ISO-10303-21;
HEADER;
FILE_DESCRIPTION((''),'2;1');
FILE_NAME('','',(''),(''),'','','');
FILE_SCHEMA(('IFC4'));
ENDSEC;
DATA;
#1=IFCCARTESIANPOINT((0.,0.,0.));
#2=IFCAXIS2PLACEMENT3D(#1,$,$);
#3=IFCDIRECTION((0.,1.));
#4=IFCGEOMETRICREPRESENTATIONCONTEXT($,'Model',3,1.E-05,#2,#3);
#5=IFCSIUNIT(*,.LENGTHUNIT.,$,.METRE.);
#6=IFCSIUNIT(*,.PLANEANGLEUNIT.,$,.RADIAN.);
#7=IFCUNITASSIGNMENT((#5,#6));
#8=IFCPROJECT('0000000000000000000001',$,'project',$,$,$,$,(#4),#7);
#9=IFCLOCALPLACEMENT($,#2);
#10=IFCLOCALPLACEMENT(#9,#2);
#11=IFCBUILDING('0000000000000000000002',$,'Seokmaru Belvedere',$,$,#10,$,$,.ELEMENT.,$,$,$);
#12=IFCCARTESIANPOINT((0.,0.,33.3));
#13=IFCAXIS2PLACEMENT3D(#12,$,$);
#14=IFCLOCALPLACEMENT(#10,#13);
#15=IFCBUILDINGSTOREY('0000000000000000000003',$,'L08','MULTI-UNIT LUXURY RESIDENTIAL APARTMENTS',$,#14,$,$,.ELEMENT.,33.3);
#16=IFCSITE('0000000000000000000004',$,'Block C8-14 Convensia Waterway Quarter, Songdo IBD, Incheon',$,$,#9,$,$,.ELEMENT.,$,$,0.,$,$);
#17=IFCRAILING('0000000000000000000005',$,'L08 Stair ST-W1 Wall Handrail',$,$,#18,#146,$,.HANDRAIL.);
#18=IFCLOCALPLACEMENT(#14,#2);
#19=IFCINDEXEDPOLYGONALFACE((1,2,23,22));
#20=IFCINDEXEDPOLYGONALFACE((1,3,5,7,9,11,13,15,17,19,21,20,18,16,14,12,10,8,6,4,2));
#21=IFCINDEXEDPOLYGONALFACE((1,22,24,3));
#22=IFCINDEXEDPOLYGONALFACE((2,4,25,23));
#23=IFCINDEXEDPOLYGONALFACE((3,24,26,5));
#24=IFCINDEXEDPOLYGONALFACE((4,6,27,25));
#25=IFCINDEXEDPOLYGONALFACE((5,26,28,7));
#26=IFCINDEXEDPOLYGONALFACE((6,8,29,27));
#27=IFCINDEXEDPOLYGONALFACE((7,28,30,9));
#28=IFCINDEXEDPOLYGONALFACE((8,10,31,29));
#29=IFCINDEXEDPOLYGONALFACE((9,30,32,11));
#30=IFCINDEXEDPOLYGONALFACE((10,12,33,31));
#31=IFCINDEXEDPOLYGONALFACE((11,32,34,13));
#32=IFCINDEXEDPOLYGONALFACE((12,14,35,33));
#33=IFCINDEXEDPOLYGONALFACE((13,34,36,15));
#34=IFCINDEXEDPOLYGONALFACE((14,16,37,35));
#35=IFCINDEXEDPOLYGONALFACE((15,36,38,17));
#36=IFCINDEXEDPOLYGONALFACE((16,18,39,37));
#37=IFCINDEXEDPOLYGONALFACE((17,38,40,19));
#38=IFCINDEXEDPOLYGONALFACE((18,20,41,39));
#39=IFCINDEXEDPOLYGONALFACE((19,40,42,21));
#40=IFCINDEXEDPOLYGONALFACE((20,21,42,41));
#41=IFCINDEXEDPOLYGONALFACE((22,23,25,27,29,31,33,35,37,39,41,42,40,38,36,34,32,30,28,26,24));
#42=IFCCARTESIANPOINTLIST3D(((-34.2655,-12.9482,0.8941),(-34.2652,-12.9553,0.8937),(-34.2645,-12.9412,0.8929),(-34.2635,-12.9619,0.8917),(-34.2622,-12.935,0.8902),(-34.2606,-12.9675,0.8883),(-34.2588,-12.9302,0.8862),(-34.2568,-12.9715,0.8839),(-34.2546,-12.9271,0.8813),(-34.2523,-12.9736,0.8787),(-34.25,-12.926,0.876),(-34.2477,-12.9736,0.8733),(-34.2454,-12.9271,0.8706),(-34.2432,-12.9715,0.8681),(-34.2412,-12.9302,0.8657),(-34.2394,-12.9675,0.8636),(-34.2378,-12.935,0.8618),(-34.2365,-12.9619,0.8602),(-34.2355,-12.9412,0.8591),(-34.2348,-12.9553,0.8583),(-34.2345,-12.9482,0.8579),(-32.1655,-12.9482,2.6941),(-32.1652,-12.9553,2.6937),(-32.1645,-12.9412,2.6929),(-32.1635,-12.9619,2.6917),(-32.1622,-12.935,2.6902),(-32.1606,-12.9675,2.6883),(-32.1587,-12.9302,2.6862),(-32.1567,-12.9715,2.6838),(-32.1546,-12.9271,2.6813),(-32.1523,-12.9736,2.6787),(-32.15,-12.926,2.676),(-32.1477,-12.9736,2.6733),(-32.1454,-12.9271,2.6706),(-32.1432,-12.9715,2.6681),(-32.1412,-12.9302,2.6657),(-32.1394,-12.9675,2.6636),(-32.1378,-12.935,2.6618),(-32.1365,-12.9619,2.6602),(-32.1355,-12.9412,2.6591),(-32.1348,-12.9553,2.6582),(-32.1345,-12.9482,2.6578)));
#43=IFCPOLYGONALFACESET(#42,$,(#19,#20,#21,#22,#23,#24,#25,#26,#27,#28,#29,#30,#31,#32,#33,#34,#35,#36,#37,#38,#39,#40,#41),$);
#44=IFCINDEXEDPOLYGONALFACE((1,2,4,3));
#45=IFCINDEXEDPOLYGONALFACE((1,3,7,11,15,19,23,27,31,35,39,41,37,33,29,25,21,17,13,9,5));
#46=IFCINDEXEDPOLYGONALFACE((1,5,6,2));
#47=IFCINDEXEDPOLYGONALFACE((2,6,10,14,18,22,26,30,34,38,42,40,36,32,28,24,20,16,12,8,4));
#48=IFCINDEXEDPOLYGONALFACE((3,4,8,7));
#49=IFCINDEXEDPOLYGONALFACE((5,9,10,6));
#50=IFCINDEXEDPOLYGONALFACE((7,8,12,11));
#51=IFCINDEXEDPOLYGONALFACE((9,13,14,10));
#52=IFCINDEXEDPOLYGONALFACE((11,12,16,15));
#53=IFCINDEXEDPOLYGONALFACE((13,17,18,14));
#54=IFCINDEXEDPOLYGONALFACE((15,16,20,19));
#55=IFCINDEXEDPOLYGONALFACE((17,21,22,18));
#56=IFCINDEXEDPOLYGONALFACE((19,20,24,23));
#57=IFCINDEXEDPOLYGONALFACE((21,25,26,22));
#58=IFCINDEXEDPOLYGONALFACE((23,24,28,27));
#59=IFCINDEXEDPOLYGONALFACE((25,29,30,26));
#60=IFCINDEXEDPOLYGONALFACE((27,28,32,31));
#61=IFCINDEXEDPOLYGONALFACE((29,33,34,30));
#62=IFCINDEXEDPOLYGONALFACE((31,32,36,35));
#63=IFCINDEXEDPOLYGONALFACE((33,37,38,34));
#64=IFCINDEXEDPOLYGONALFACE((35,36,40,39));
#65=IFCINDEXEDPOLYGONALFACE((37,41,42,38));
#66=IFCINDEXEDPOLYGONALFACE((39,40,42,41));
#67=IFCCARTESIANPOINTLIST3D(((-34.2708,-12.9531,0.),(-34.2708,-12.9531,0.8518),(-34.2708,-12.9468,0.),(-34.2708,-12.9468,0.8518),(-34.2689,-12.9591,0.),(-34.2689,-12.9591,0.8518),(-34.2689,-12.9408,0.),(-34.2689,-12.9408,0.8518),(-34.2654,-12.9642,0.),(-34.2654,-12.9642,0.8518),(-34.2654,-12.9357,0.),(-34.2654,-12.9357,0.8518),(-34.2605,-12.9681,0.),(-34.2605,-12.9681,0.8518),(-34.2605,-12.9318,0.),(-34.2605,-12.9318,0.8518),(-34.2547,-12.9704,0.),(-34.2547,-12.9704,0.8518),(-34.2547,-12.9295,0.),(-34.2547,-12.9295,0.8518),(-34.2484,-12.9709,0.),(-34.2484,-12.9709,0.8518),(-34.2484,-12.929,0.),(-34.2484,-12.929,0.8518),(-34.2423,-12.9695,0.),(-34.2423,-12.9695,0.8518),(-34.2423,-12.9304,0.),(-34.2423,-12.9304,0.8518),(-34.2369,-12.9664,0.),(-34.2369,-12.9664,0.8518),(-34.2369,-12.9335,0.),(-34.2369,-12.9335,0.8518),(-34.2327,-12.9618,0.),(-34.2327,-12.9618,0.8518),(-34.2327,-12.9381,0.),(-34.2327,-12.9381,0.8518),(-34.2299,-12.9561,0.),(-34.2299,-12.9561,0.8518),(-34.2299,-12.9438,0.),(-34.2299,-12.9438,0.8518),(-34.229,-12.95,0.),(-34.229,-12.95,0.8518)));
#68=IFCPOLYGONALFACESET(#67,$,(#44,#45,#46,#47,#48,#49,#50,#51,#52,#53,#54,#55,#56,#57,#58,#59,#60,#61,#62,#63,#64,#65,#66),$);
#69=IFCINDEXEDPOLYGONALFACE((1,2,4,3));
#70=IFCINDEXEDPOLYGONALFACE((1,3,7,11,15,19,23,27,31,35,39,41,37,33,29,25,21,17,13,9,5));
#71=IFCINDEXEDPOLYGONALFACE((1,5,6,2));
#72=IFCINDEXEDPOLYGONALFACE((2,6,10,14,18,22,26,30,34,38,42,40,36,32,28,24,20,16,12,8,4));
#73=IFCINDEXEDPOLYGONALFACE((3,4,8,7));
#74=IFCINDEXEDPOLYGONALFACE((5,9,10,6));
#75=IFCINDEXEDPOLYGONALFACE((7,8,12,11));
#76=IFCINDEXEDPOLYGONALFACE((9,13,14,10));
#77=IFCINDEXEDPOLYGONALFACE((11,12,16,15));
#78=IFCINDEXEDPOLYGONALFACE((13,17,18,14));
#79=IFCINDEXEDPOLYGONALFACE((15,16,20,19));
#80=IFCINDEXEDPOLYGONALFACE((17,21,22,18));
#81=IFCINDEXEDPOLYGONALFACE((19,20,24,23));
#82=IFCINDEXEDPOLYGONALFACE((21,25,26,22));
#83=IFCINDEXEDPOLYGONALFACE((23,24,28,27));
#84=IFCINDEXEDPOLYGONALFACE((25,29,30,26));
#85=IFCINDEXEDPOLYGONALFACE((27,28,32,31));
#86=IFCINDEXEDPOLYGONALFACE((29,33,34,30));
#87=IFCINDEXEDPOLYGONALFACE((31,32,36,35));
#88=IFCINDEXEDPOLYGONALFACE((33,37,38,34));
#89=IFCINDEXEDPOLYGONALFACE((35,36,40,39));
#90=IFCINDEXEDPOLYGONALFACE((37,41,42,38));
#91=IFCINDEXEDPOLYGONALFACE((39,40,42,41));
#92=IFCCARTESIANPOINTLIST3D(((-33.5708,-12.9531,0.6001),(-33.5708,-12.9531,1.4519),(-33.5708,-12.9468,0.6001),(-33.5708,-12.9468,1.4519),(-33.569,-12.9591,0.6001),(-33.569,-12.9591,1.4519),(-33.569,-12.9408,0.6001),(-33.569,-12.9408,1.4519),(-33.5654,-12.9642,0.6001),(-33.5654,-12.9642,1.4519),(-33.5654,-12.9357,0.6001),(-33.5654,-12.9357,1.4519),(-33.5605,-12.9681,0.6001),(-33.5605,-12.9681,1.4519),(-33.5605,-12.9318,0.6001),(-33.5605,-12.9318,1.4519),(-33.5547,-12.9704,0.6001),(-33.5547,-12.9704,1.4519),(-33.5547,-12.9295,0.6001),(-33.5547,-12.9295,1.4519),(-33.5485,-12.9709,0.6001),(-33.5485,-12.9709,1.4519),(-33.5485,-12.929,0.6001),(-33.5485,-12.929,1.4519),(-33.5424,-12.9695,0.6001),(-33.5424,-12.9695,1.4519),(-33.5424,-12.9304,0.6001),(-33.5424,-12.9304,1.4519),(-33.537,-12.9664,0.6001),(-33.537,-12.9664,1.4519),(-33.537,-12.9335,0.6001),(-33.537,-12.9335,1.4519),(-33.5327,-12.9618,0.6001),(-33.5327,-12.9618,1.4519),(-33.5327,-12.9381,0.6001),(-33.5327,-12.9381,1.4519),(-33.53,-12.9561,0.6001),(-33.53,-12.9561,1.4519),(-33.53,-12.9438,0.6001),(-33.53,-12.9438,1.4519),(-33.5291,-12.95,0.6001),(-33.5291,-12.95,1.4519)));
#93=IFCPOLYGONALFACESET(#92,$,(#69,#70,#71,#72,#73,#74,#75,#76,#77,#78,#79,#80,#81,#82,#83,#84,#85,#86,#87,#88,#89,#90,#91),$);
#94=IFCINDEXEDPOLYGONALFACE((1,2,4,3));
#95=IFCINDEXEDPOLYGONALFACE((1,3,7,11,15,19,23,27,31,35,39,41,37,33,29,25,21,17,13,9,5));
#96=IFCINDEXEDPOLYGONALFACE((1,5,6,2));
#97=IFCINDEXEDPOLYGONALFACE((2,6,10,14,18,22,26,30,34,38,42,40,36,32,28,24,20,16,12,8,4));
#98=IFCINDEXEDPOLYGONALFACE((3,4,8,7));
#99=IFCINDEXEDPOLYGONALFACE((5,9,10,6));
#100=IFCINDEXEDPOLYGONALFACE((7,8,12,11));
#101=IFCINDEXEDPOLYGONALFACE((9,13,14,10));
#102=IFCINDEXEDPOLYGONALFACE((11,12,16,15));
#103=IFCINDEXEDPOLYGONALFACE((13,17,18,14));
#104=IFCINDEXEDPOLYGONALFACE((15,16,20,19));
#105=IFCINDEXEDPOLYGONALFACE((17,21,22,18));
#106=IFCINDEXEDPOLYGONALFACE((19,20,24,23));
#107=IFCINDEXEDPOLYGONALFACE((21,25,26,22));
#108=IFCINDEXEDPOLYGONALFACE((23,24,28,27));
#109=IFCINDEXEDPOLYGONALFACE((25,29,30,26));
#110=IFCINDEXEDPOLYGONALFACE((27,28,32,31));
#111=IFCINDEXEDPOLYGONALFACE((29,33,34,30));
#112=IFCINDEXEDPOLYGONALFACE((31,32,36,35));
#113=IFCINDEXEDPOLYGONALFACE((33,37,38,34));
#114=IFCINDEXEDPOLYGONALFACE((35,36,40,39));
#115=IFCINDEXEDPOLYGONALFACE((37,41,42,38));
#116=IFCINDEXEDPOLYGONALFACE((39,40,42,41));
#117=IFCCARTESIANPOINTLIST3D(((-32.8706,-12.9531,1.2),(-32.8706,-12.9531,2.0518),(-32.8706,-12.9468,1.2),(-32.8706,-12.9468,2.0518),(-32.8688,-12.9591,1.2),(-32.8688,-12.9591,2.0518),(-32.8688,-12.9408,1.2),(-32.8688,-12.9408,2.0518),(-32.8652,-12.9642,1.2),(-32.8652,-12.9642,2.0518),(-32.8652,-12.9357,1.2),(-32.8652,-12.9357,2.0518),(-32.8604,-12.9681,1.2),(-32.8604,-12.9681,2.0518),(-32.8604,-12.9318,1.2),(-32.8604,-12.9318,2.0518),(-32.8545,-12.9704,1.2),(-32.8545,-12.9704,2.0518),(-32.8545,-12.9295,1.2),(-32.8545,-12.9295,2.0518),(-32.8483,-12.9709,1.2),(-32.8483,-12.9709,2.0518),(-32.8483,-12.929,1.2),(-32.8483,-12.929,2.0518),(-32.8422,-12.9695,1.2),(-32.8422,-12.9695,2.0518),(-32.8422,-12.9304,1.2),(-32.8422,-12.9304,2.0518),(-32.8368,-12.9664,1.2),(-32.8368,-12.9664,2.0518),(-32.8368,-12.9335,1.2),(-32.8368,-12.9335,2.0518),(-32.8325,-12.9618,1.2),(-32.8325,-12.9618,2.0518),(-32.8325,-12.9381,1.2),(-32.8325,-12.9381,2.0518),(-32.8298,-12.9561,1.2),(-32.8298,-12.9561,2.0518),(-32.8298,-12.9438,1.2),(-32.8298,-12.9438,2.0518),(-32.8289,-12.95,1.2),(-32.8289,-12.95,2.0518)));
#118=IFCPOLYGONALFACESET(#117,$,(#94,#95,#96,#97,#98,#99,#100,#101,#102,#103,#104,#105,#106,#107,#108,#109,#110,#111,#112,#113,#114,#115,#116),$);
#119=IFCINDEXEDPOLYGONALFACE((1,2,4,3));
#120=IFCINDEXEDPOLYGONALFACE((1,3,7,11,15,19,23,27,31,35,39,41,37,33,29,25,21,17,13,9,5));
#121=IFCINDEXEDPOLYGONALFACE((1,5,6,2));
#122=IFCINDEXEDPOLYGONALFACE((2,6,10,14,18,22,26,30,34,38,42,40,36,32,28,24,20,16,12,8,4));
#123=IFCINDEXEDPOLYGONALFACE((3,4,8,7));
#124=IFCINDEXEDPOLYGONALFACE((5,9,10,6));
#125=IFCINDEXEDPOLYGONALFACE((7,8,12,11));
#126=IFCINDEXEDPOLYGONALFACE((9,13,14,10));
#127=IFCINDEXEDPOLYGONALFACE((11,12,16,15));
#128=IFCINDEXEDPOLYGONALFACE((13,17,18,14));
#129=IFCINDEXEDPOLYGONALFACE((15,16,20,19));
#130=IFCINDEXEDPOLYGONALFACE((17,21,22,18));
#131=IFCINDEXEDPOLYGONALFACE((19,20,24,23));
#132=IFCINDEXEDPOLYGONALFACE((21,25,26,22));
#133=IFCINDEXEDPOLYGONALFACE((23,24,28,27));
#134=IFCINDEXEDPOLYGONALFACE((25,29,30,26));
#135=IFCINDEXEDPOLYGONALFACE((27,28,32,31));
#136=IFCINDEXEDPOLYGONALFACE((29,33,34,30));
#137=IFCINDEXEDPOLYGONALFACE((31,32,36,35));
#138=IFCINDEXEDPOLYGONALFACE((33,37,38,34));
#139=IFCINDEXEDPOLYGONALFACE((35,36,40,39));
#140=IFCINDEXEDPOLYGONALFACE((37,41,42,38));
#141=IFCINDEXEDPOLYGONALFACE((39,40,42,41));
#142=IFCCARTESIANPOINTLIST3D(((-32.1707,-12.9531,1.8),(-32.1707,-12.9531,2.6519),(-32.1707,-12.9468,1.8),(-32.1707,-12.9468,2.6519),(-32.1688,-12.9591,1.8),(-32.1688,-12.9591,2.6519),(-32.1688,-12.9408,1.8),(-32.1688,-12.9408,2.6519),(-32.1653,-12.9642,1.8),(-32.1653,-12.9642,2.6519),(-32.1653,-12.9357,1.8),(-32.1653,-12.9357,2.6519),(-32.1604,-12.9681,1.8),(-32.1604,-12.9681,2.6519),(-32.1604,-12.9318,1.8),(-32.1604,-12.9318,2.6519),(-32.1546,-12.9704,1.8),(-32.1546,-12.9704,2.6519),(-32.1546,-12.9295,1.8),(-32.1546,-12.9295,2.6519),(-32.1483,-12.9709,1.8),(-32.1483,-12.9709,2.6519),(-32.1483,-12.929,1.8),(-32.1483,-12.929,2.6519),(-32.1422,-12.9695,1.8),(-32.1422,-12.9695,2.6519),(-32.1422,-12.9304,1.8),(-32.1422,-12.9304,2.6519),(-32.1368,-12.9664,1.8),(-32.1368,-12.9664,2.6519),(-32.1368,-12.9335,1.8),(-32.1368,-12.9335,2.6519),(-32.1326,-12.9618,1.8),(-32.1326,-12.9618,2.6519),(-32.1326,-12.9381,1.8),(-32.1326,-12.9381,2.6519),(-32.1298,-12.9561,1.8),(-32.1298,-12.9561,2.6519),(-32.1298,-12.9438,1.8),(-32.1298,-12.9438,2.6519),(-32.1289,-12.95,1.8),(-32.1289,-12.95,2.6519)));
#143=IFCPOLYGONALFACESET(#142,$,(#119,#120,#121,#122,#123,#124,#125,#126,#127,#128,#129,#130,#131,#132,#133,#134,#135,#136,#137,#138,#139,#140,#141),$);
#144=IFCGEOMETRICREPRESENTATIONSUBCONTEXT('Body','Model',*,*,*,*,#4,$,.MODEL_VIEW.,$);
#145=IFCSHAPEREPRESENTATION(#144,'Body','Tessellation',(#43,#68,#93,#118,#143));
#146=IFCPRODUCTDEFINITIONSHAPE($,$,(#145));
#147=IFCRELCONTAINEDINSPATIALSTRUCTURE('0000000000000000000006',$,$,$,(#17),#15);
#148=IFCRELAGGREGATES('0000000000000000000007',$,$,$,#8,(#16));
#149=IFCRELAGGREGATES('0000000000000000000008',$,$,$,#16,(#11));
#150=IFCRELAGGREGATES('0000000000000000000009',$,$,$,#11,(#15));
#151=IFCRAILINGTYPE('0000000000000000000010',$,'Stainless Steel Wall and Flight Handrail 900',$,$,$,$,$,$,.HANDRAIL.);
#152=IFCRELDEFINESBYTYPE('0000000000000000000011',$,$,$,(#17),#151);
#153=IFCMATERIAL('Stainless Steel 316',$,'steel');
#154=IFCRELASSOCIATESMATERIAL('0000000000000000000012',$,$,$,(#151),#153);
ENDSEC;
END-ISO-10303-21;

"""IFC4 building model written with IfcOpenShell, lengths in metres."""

from ifc_helpers import new_model, si_unit, direction, frame, origin, origin_2d, place, context, subcontext, project, spatial, circle, extrude, material, type_object, element, save


model = new_model("IFC4")

# Units and contexts
model_context = context("Model", 3, precision=1e-05, world=origin(), true_north=direction((0.0, 1.0)))
body_context = subcontext(model_context, "Body", "Model", "MODEL_VIEW")
ifc_project = project(units=[si_unit("LENGTHUNIT", "METRE"), si_unit("PLANEANGLEUNIT", "RADIAN")], contexts=[model_context])

# Site, building, storey
site_placement = place(None, origin())
site = spatial("IfcSite", under=ifc_project, at=site_placement, Name="Block C8-14 Convensia Waterway Quarter, Songdo IBD, Incheon", CompositionType="ELEMENT", RefElevation=0.0)
building_placement = place(site_placement, origin())
building = spatial("IfcBuilding", under=site, at=building_placement, Name="Seokmaru Belvedere", CompositionType="ELEMENT")
storey_placement = place(building_placement, frame((0.0, 0.0, 33.3)))
storey = spatial("IfcBuildingStorey", under=building, at=storey_placement, Name="L08", Description="MULTI-UNIT LUXURY RESIDENTIAL APARTMENTS", CompositionType="ELEMENT", Elevation=33.3)

# Railing
ifc_material_1 = material(Name="Stainless Steel 316", Category="steel")
railing_type = type_object("IfcRailingType", Name="Stainless Steel Wall and Flight Handrail 900", PredefinedType="HANDRAIL", material=ifc_material_1)
railing_placement = place(storey_placement, frame((-34.25, -12.95, 0.0)))
element("IfcRailing", 1, at=railing_placement, inside=storey, type_object=railing_type, Name="L08 Stair ST-W1 Wall Handrail", PredefinedType="HANDRAIL", context=body_context, shape_type="SweptSolid", body=[
    extrude(circle(Radius=0.0239, at=origin_2d()), frame((0.0, 0.0, 0.876), z_axis=(0.759263, 0.0, 0.650784), x_axis=(0.0, 1.0, 0.0)), (0.0, 0.0, 1.0), 2.7659),
    extrude(circle(Radius=0.021, at=origin_2d()), origin(), (0.0, 0.0, 1.0), 0.8518),
    extrude(circle(Radius=0.021, at=origin_2d()), frame((0.7, 0.0, 0.6001)), (0.0, 0.0, 1.0), 0.8518),
    extrude(circle(Radius=0.021, at=origin_2d()), frame((1.4001, 0.0, 1.2)), (0.0, 0.0, 1.0), 0.8518),
    extrude(circle(Radius=0.021, at=origin_2d()), frame((2.1001, 0.0, 1.8)), (0.0, 0.0, 1.0), 0.8518),
])

save(model, "model.ifc")
